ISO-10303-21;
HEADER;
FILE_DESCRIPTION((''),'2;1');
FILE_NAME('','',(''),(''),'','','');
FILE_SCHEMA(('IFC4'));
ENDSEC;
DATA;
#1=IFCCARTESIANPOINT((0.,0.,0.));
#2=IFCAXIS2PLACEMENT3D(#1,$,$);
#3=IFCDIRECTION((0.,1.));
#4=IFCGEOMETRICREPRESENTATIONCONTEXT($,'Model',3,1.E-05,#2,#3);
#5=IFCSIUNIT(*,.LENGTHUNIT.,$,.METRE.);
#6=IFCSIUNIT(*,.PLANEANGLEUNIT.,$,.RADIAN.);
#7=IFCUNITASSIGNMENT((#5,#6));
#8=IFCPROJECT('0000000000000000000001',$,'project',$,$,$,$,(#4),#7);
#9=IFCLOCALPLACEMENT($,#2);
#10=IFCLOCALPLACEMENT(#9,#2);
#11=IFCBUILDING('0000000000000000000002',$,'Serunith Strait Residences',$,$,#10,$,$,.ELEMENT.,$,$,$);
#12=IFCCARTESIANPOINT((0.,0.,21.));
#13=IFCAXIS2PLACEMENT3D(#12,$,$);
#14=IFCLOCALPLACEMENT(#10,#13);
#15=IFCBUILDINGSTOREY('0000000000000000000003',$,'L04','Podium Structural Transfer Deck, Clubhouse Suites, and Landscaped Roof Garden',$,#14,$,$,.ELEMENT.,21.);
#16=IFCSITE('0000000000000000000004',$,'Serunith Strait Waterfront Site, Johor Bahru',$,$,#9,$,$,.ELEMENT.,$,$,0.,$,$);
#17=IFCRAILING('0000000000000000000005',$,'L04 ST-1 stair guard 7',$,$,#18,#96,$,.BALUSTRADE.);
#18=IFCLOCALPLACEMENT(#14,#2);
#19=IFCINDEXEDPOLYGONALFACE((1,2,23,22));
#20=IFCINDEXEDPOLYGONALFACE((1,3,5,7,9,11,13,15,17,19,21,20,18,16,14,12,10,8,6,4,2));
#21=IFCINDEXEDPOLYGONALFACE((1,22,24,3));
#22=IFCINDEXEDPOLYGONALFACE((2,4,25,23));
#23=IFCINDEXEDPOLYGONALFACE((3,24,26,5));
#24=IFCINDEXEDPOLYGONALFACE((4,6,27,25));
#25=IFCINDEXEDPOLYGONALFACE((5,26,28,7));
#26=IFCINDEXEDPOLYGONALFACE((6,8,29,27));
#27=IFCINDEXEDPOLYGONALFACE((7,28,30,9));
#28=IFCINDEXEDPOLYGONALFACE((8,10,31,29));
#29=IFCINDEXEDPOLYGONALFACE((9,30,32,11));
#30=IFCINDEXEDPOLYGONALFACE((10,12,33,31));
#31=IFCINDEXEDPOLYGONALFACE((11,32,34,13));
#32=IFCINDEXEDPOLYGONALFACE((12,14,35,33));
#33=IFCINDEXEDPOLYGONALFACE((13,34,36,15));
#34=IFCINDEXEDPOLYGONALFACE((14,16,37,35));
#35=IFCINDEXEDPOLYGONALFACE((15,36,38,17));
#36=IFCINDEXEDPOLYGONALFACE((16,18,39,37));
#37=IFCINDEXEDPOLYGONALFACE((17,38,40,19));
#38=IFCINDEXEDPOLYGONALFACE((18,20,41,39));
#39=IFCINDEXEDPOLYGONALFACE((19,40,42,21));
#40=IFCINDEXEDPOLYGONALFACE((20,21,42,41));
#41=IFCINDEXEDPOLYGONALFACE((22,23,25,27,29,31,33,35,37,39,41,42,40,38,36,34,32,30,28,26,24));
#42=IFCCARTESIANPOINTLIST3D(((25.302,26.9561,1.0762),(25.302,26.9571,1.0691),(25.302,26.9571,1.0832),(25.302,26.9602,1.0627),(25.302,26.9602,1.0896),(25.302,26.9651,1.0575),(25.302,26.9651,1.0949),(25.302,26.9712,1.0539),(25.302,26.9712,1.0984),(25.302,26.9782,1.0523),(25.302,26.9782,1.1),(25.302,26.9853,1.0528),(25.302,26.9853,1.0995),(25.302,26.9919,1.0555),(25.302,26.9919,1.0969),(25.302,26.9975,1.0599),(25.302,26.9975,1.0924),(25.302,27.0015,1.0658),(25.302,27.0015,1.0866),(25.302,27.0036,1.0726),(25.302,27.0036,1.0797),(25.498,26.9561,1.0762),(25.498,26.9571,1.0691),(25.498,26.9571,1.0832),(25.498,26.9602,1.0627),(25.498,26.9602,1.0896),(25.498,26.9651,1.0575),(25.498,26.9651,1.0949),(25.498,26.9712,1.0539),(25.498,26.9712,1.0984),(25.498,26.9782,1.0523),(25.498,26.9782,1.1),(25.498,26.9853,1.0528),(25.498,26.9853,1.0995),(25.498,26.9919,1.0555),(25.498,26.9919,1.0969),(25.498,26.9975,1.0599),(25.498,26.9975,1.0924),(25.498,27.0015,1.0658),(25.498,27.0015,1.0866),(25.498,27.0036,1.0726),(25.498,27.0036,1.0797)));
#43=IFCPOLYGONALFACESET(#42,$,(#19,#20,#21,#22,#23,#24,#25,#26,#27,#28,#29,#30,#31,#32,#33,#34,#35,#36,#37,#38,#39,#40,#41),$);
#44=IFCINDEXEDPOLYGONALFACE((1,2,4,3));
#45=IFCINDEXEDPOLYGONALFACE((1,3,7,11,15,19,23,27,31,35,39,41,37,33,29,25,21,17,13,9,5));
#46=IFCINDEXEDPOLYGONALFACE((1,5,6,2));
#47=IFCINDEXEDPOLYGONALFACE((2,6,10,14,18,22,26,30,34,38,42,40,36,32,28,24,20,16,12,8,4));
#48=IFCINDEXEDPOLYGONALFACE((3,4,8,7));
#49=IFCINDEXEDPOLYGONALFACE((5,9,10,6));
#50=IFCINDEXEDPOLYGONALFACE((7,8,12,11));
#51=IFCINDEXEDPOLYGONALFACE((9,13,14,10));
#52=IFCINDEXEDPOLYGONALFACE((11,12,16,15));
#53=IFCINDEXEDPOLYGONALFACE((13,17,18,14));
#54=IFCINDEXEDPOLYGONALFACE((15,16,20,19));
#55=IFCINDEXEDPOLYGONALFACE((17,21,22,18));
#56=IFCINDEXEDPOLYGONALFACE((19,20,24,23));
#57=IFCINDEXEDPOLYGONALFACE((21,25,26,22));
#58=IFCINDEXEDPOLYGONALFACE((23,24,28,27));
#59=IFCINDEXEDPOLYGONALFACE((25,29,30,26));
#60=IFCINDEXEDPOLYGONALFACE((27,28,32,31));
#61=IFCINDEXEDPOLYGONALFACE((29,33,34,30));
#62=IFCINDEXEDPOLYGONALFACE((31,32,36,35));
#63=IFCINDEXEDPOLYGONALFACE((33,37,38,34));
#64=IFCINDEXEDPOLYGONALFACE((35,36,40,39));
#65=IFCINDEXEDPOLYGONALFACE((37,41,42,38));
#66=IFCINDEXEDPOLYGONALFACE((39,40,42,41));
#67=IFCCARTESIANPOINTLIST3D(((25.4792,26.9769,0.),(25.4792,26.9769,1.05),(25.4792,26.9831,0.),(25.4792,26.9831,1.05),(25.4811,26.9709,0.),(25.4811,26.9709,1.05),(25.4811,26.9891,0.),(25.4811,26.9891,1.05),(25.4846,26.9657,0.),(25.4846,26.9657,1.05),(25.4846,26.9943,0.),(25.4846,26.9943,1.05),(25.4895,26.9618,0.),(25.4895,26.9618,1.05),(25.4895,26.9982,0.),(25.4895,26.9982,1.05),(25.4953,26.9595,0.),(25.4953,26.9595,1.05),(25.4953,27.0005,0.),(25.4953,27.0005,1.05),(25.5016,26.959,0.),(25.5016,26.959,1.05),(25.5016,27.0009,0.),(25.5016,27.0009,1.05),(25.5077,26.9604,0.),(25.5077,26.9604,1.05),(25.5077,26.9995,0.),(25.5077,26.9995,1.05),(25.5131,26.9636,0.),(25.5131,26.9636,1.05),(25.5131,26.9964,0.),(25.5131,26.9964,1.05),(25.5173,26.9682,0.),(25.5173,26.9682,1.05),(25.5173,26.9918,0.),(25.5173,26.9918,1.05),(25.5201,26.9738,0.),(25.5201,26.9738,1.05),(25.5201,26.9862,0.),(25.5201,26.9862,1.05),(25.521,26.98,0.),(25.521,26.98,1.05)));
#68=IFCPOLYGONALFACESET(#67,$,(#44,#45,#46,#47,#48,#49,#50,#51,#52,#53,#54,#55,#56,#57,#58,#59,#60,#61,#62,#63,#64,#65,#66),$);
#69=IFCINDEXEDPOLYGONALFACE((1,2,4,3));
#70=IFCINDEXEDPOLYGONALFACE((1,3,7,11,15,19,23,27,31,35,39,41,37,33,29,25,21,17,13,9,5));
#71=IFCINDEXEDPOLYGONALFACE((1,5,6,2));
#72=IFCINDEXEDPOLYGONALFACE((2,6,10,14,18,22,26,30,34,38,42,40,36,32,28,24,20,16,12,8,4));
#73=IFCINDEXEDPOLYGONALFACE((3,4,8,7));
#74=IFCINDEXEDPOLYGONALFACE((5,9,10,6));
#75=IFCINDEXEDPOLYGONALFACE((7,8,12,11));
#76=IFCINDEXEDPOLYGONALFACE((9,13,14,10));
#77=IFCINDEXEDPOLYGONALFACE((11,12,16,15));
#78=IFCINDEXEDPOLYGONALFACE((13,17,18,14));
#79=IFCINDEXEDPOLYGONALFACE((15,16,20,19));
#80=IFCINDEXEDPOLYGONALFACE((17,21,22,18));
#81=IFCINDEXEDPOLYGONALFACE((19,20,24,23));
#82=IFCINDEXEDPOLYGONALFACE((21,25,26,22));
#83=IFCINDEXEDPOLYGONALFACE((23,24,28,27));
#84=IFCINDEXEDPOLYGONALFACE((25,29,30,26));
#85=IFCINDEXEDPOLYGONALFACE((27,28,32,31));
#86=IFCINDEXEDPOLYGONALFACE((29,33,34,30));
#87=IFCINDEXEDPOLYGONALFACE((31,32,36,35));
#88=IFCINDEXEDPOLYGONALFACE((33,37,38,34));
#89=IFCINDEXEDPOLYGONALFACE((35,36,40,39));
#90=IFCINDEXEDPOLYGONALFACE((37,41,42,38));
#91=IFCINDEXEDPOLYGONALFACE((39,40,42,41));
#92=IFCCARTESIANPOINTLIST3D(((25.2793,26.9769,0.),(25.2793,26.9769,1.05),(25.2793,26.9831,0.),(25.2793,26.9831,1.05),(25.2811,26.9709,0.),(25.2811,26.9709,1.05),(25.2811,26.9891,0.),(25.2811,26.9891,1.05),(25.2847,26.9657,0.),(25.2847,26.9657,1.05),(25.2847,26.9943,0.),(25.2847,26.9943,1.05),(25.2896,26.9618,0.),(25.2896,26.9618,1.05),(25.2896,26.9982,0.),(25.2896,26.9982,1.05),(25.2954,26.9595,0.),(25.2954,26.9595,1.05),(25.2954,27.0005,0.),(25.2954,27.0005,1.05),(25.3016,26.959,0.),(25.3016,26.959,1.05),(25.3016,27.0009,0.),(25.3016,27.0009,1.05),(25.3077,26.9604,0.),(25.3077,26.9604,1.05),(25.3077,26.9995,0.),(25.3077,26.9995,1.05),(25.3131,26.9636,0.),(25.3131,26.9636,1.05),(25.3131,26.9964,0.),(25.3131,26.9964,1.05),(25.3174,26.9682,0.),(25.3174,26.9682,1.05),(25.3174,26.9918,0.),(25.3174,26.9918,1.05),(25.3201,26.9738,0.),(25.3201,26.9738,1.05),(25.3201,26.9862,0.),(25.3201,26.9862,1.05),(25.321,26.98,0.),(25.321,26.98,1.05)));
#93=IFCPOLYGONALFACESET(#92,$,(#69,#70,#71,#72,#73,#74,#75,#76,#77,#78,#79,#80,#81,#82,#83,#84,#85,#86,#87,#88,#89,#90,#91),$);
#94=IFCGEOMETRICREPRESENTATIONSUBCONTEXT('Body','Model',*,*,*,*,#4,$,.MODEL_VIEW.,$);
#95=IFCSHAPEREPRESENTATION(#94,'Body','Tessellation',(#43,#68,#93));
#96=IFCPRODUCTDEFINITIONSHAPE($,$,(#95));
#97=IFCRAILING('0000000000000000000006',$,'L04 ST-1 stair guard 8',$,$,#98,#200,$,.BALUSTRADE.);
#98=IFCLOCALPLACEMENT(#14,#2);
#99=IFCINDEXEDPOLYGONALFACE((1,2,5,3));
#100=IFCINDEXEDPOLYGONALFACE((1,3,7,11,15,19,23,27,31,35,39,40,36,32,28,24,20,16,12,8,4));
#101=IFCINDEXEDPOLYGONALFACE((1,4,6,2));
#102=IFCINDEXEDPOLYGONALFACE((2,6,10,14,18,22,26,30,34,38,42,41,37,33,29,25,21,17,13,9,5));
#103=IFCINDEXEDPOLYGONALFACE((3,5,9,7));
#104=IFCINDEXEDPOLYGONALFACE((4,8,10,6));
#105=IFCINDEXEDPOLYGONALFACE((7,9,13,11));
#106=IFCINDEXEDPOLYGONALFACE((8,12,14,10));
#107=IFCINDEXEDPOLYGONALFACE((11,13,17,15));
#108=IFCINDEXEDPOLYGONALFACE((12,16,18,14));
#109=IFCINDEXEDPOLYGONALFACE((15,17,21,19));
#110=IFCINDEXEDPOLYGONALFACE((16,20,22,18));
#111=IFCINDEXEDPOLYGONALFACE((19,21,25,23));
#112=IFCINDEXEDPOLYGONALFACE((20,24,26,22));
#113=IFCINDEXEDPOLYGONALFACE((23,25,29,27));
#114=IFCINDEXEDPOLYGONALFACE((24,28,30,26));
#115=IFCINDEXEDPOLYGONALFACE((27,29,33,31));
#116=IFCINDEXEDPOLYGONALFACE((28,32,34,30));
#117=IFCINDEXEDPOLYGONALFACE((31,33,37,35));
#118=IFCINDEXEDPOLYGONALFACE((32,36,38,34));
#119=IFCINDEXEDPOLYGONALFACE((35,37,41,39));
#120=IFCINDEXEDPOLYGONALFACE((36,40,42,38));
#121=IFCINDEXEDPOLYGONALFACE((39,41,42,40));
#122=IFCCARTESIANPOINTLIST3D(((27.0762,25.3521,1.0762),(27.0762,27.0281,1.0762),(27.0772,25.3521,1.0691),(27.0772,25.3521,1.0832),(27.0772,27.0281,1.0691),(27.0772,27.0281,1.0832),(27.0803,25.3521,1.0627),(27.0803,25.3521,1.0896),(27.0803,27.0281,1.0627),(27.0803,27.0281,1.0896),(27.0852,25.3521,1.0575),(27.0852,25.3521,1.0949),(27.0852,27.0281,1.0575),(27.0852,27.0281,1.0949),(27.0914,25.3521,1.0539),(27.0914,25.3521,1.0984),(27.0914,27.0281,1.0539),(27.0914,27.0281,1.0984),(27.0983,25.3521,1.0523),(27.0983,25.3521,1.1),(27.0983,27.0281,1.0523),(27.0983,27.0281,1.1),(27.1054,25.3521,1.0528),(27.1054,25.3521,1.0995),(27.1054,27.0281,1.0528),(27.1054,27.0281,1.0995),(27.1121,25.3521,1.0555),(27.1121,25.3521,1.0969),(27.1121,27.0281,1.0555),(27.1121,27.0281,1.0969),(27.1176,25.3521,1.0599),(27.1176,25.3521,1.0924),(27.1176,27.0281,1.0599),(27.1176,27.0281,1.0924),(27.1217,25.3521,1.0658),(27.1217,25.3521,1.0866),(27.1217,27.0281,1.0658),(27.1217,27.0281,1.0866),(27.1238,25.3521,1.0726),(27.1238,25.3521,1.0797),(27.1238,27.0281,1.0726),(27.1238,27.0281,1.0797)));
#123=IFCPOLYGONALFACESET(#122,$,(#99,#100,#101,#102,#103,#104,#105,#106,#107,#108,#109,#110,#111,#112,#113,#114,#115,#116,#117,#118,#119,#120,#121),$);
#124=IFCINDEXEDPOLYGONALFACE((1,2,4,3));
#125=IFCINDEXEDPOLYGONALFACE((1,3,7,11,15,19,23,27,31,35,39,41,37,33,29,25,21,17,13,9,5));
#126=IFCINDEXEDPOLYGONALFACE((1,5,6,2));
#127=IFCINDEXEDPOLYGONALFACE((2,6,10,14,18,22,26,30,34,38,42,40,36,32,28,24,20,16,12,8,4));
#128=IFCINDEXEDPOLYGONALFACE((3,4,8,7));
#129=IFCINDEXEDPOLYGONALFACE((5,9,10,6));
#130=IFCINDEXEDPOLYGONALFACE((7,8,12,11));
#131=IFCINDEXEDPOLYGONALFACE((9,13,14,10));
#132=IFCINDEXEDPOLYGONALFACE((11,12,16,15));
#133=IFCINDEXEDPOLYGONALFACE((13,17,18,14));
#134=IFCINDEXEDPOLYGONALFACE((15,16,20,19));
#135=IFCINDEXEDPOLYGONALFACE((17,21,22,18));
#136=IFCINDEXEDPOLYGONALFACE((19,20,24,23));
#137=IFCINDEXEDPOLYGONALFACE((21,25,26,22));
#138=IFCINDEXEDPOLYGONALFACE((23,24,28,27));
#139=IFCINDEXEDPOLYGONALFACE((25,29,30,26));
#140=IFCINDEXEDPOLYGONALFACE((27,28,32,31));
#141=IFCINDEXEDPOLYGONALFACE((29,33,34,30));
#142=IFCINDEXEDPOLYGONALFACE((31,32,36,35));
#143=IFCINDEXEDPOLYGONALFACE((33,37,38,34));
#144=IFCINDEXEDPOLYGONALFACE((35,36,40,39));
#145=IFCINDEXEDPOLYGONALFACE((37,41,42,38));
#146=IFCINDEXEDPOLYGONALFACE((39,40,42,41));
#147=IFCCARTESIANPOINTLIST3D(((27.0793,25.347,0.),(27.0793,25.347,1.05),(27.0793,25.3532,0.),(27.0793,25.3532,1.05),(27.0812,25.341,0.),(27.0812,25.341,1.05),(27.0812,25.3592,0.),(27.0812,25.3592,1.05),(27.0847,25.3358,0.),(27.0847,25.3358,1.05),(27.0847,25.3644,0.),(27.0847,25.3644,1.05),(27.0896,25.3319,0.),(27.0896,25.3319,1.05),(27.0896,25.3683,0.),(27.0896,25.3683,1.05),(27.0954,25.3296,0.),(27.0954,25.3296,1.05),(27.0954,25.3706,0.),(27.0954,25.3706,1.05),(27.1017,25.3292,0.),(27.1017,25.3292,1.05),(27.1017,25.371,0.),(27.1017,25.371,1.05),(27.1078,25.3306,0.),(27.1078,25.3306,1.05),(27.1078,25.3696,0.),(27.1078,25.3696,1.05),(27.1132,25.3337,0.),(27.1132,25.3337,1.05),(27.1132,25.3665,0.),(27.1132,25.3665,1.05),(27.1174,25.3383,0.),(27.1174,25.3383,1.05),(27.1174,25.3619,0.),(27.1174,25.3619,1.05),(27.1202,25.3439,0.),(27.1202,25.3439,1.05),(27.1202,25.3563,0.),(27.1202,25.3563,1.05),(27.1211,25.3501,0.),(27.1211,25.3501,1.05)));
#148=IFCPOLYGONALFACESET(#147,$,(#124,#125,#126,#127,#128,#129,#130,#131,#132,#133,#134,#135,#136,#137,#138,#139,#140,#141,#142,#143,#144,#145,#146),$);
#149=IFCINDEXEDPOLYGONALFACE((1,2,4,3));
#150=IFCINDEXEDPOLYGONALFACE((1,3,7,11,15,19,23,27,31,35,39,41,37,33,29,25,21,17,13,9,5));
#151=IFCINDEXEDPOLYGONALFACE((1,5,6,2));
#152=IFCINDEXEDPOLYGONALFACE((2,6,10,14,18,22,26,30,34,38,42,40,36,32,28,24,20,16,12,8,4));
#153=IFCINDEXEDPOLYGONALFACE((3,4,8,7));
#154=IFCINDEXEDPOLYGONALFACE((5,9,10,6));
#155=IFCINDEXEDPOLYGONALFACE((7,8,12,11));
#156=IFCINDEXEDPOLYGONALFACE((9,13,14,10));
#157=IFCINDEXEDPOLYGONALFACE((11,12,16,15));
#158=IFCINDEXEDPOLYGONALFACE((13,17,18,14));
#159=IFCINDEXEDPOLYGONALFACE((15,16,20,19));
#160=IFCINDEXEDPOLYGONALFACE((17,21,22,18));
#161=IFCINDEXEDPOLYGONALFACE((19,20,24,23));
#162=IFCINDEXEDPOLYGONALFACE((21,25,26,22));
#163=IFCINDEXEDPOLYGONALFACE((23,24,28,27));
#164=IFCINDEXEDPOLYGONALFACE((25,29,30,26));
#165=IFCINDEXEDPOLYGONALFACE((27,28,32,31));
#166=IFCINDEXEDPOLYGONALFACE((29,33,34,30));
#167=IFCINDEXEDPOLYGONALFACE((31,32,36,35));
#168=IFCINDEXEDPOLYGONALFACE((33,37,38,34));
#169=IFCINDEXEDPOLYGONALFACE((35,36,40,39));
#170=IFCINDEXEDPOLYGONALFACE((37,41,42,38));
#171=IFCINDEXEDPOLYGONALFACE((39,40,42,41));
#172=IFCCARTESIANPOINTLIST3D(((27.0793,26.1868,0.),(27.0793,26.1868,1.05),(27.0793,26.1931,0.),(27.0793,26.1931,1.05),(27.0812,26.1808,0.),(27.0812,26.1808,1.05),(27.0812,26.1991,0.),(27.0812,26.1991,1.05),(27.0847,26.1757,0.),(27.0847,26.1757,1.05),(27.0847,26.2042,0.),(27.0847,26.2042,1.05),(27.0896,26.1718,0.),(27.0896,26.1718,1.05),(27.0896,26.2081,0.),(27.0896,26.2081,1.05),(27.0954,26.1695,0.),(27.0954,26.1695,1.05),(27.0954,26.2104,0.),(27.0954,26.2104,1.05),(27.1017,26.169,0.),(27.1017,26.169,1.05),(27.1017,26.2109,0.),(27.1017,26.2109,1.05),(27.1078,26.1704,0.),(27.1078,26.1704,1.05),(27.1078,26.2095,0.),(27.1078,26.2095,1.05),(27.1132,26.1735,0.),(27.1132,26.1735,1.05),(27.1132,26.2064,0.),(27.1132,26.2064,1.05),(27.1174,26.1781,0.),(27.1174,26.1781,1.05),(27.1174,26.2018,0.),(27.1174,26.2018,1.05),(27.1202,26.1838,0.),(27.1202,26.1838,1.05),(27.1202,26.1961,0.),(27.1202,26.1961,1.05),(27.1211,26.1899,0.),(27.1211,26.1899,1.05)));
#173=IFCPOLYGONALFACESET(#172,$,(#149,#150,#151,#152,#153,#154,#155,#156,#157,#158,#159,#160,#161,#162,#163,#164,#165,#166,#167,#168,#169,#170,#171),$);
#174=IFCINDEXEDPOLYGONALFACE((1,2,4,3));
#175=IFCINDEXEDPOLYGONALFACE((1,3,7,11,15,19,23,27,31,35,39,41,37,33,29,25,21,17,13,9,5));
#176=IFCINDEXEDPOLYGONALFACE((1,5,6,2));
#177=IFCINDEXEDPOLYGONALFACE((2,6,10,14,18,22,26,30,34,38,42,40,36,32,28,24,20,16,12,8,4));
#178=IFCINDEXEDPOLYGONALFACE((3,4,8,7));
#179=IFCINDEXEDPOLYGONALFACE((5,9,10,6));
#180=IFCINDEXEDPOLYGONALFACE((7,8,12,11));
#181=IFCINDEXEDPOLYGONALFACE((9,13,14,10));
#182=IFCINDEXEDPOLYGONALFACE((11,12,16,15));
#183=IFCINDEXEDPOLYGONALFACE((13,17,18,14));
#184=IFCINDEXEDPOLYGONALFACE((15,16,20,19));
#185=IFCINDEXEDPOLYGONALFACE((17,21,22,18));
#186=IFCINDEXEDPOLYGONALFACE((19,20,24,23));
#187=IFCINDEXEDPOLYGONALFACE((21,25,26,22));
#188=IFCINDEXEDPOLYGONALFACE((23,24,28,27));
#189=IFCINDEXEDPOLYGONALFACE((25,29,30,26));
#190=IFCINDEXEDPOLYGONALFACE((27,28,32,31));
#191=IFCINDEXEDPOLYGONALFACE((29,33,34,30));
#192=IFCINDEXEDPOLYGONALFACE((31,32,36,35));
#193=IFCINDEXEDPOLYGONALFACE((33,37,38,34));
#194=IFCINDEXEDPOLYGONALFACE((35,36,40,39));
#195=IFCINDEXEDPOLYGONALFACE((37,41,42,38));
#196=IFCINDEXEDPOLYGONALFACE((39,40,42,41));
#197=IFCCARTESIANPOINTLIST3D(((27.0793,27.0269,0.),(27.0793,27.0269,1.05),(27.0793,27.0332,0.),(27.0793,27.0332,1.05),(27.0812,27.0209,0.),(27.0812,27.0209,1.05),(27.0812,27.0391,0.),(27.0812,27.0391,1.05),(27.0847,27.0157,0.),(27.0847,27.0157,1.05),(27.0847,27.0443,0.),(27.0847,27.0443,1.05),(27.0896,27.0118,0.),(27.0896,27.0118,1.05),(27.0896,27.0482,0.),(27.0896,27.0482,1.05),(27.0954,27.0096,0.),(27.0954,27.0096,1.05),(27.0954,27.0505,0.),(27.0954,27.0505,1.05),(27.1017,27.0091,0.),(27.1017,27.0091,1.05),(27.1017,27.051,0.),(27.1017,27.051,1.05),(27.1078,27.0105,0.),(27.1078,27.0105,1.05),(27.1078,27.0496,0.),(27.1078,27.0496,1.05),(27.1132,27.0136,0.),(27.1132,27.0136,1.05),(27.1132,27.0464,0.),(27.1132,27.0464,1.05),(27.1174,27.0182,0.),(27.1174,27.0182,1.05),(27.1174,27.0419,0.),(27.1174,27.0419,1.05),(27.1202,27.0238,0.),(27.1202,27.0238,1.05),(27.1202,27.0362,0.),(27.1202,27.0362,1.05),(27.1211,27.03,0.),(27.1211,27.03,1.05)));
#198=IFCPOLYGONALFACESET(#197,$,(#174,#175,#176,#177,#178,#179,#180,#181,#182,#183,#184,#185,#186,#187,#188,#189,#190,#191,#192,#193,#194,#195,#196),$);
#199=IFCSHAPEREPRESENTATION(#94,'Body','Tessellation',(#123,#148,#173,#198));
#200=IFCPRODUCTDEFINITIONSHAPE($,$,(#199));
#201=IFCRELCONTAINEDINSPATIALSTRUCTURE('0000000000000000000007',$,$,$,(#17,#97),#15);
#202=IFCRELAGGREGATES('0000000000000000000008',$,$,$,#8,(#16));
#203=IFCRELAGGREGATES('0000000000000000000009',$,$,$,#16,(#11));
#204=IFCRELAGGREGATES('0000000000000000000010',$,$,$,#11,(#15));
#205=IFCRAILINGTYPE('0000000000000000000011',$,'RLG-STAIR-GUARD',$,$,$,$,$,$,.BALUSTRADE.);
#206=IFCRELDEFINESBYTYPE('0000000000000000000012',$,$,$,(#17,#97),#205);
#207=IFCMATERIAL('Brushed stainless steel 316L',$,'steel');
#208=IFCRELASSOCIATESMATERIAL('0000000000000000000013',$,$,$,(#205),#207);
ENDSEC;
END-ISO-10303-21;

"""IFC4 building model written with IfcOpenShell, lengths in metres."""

from ifc_helpers import new_model, si_unit, direction, frame, origin, origin_2d, place, context, subcontext, project, spatial, circle, extrude, material, type_object, element, save


model = new_model("IFC4")

# Units and contexts
model_context = context("Model", 3, precision=1e-05, world=origin(), true_north=direction((0.0, 1.0)))
body_context = subcontext(model_context, "Body", "Model", "MODEL_VIEW")
ifc_project = project(units=[si_unit("LENGTHUNIT", "METRE"), si_unit("PLANEANGLEUNIT", "RADIAN")], contexts=[model_context])

# Site, building, storey
site_placement = place(None, origin())
site = spatial("IfcSite", under=ifc_project, at=site_placement, Name="Serunith Strait Waterfront Site, Johor Bahru", CompositionType="ELEMENT", RefElevation=0.0)
building_placement = place(site_placement, origin())
building = spatial("IfcBuilding", under=site, at=building_placement, Name="Serunith Strait Residences", CompositionType="ELEMENT")
storey_placement = place(building_placement, frame((0.0, 0.0, 21.0)))
storey = spatial("IfcBuildingStorey", under=building, at=storey_placement, Name="L04", Description="Podium Structural Transfer Deck, Clubhouse Suites, and Landscaped Roof Garden", CompositionType="ELEMENT", Elevation=21.0)

# Railings
ifc_material_1 = material(Name="Brushed stainless steel 316L", Category="steel")
railing_type = type_object("IfcRailingType", Name="RLG-STAIR-GUARD", PredefinedType="BALUSTRADE", material=ifc_material_1)
railing_1_placement = place(storey_placement, frame((25.5, 26.98, 0.0)))
element("IfcRailing", 1, at=railing_1_placement, inside=storey, type_object=railing_type, Name="L04 ST-1 stair guard 7", PredefinedType="BALUSTRADE", context=body_context, shape_type="SweptSolid", body=[
    extrude(circle(Radius=0.0239, at=origin_2d()), frame((-0.002, 0.0, 1.0762), z_axis=(-1.0, 0.0, 0.0), x_axis=(0.0, -1.0, 0.0)), (0.0, 0.0, 1.0), 0.196),
    extrude(circle(Radius=0.021, at=origin_2d()), origin(), (0.0, 0.0, 1.0), 1.05),
    extrude(circle(Radius=0.021, at=origin_2d()), frame((-0.2, 0.0, 0.0)), (0.0, 0.0, 1.0), 1.05),
])
for number, where, name in (
    (2, (27.1001, 25.3501, 0.0), "L04 ST-1 stair guard 8"),
):
    element("IfcRailing", number, at=place(storey_placement, frame(where)), inside=storey, type_object=railing_type, Name=name, PredefinedType="BALUSTRADE", context=body_context, shape_type="SweptSolid", body=[
        extrude(circle(Radius=0.0239, at=origin_2d()), frame((0.0, 0.002, 1.0762), z_axis=(0.0, 1.0, 0.0), x_axis=(-1.0, 0.0, 0.0)), (0.0, 0.0, 1.0), 1.676),
        extrude(circle(Radius=0.021, at=origin_2d()), origin(), (0.0, 0.0, 1.0), 1.05),
        extrude(circle(Radius=0.021, at=origin_2d()), frame((0.0, 0.8398, 0.0)), (0.0, 0.0, 1.0), 1.05),
        extrude(circle(Radius=0.021, at=origin_2d()), frame((0.0, 1.6799, 0.0)), (0.0, 0.0, 1.0), 1.05),
    ])

save(model, "model.ifc")
